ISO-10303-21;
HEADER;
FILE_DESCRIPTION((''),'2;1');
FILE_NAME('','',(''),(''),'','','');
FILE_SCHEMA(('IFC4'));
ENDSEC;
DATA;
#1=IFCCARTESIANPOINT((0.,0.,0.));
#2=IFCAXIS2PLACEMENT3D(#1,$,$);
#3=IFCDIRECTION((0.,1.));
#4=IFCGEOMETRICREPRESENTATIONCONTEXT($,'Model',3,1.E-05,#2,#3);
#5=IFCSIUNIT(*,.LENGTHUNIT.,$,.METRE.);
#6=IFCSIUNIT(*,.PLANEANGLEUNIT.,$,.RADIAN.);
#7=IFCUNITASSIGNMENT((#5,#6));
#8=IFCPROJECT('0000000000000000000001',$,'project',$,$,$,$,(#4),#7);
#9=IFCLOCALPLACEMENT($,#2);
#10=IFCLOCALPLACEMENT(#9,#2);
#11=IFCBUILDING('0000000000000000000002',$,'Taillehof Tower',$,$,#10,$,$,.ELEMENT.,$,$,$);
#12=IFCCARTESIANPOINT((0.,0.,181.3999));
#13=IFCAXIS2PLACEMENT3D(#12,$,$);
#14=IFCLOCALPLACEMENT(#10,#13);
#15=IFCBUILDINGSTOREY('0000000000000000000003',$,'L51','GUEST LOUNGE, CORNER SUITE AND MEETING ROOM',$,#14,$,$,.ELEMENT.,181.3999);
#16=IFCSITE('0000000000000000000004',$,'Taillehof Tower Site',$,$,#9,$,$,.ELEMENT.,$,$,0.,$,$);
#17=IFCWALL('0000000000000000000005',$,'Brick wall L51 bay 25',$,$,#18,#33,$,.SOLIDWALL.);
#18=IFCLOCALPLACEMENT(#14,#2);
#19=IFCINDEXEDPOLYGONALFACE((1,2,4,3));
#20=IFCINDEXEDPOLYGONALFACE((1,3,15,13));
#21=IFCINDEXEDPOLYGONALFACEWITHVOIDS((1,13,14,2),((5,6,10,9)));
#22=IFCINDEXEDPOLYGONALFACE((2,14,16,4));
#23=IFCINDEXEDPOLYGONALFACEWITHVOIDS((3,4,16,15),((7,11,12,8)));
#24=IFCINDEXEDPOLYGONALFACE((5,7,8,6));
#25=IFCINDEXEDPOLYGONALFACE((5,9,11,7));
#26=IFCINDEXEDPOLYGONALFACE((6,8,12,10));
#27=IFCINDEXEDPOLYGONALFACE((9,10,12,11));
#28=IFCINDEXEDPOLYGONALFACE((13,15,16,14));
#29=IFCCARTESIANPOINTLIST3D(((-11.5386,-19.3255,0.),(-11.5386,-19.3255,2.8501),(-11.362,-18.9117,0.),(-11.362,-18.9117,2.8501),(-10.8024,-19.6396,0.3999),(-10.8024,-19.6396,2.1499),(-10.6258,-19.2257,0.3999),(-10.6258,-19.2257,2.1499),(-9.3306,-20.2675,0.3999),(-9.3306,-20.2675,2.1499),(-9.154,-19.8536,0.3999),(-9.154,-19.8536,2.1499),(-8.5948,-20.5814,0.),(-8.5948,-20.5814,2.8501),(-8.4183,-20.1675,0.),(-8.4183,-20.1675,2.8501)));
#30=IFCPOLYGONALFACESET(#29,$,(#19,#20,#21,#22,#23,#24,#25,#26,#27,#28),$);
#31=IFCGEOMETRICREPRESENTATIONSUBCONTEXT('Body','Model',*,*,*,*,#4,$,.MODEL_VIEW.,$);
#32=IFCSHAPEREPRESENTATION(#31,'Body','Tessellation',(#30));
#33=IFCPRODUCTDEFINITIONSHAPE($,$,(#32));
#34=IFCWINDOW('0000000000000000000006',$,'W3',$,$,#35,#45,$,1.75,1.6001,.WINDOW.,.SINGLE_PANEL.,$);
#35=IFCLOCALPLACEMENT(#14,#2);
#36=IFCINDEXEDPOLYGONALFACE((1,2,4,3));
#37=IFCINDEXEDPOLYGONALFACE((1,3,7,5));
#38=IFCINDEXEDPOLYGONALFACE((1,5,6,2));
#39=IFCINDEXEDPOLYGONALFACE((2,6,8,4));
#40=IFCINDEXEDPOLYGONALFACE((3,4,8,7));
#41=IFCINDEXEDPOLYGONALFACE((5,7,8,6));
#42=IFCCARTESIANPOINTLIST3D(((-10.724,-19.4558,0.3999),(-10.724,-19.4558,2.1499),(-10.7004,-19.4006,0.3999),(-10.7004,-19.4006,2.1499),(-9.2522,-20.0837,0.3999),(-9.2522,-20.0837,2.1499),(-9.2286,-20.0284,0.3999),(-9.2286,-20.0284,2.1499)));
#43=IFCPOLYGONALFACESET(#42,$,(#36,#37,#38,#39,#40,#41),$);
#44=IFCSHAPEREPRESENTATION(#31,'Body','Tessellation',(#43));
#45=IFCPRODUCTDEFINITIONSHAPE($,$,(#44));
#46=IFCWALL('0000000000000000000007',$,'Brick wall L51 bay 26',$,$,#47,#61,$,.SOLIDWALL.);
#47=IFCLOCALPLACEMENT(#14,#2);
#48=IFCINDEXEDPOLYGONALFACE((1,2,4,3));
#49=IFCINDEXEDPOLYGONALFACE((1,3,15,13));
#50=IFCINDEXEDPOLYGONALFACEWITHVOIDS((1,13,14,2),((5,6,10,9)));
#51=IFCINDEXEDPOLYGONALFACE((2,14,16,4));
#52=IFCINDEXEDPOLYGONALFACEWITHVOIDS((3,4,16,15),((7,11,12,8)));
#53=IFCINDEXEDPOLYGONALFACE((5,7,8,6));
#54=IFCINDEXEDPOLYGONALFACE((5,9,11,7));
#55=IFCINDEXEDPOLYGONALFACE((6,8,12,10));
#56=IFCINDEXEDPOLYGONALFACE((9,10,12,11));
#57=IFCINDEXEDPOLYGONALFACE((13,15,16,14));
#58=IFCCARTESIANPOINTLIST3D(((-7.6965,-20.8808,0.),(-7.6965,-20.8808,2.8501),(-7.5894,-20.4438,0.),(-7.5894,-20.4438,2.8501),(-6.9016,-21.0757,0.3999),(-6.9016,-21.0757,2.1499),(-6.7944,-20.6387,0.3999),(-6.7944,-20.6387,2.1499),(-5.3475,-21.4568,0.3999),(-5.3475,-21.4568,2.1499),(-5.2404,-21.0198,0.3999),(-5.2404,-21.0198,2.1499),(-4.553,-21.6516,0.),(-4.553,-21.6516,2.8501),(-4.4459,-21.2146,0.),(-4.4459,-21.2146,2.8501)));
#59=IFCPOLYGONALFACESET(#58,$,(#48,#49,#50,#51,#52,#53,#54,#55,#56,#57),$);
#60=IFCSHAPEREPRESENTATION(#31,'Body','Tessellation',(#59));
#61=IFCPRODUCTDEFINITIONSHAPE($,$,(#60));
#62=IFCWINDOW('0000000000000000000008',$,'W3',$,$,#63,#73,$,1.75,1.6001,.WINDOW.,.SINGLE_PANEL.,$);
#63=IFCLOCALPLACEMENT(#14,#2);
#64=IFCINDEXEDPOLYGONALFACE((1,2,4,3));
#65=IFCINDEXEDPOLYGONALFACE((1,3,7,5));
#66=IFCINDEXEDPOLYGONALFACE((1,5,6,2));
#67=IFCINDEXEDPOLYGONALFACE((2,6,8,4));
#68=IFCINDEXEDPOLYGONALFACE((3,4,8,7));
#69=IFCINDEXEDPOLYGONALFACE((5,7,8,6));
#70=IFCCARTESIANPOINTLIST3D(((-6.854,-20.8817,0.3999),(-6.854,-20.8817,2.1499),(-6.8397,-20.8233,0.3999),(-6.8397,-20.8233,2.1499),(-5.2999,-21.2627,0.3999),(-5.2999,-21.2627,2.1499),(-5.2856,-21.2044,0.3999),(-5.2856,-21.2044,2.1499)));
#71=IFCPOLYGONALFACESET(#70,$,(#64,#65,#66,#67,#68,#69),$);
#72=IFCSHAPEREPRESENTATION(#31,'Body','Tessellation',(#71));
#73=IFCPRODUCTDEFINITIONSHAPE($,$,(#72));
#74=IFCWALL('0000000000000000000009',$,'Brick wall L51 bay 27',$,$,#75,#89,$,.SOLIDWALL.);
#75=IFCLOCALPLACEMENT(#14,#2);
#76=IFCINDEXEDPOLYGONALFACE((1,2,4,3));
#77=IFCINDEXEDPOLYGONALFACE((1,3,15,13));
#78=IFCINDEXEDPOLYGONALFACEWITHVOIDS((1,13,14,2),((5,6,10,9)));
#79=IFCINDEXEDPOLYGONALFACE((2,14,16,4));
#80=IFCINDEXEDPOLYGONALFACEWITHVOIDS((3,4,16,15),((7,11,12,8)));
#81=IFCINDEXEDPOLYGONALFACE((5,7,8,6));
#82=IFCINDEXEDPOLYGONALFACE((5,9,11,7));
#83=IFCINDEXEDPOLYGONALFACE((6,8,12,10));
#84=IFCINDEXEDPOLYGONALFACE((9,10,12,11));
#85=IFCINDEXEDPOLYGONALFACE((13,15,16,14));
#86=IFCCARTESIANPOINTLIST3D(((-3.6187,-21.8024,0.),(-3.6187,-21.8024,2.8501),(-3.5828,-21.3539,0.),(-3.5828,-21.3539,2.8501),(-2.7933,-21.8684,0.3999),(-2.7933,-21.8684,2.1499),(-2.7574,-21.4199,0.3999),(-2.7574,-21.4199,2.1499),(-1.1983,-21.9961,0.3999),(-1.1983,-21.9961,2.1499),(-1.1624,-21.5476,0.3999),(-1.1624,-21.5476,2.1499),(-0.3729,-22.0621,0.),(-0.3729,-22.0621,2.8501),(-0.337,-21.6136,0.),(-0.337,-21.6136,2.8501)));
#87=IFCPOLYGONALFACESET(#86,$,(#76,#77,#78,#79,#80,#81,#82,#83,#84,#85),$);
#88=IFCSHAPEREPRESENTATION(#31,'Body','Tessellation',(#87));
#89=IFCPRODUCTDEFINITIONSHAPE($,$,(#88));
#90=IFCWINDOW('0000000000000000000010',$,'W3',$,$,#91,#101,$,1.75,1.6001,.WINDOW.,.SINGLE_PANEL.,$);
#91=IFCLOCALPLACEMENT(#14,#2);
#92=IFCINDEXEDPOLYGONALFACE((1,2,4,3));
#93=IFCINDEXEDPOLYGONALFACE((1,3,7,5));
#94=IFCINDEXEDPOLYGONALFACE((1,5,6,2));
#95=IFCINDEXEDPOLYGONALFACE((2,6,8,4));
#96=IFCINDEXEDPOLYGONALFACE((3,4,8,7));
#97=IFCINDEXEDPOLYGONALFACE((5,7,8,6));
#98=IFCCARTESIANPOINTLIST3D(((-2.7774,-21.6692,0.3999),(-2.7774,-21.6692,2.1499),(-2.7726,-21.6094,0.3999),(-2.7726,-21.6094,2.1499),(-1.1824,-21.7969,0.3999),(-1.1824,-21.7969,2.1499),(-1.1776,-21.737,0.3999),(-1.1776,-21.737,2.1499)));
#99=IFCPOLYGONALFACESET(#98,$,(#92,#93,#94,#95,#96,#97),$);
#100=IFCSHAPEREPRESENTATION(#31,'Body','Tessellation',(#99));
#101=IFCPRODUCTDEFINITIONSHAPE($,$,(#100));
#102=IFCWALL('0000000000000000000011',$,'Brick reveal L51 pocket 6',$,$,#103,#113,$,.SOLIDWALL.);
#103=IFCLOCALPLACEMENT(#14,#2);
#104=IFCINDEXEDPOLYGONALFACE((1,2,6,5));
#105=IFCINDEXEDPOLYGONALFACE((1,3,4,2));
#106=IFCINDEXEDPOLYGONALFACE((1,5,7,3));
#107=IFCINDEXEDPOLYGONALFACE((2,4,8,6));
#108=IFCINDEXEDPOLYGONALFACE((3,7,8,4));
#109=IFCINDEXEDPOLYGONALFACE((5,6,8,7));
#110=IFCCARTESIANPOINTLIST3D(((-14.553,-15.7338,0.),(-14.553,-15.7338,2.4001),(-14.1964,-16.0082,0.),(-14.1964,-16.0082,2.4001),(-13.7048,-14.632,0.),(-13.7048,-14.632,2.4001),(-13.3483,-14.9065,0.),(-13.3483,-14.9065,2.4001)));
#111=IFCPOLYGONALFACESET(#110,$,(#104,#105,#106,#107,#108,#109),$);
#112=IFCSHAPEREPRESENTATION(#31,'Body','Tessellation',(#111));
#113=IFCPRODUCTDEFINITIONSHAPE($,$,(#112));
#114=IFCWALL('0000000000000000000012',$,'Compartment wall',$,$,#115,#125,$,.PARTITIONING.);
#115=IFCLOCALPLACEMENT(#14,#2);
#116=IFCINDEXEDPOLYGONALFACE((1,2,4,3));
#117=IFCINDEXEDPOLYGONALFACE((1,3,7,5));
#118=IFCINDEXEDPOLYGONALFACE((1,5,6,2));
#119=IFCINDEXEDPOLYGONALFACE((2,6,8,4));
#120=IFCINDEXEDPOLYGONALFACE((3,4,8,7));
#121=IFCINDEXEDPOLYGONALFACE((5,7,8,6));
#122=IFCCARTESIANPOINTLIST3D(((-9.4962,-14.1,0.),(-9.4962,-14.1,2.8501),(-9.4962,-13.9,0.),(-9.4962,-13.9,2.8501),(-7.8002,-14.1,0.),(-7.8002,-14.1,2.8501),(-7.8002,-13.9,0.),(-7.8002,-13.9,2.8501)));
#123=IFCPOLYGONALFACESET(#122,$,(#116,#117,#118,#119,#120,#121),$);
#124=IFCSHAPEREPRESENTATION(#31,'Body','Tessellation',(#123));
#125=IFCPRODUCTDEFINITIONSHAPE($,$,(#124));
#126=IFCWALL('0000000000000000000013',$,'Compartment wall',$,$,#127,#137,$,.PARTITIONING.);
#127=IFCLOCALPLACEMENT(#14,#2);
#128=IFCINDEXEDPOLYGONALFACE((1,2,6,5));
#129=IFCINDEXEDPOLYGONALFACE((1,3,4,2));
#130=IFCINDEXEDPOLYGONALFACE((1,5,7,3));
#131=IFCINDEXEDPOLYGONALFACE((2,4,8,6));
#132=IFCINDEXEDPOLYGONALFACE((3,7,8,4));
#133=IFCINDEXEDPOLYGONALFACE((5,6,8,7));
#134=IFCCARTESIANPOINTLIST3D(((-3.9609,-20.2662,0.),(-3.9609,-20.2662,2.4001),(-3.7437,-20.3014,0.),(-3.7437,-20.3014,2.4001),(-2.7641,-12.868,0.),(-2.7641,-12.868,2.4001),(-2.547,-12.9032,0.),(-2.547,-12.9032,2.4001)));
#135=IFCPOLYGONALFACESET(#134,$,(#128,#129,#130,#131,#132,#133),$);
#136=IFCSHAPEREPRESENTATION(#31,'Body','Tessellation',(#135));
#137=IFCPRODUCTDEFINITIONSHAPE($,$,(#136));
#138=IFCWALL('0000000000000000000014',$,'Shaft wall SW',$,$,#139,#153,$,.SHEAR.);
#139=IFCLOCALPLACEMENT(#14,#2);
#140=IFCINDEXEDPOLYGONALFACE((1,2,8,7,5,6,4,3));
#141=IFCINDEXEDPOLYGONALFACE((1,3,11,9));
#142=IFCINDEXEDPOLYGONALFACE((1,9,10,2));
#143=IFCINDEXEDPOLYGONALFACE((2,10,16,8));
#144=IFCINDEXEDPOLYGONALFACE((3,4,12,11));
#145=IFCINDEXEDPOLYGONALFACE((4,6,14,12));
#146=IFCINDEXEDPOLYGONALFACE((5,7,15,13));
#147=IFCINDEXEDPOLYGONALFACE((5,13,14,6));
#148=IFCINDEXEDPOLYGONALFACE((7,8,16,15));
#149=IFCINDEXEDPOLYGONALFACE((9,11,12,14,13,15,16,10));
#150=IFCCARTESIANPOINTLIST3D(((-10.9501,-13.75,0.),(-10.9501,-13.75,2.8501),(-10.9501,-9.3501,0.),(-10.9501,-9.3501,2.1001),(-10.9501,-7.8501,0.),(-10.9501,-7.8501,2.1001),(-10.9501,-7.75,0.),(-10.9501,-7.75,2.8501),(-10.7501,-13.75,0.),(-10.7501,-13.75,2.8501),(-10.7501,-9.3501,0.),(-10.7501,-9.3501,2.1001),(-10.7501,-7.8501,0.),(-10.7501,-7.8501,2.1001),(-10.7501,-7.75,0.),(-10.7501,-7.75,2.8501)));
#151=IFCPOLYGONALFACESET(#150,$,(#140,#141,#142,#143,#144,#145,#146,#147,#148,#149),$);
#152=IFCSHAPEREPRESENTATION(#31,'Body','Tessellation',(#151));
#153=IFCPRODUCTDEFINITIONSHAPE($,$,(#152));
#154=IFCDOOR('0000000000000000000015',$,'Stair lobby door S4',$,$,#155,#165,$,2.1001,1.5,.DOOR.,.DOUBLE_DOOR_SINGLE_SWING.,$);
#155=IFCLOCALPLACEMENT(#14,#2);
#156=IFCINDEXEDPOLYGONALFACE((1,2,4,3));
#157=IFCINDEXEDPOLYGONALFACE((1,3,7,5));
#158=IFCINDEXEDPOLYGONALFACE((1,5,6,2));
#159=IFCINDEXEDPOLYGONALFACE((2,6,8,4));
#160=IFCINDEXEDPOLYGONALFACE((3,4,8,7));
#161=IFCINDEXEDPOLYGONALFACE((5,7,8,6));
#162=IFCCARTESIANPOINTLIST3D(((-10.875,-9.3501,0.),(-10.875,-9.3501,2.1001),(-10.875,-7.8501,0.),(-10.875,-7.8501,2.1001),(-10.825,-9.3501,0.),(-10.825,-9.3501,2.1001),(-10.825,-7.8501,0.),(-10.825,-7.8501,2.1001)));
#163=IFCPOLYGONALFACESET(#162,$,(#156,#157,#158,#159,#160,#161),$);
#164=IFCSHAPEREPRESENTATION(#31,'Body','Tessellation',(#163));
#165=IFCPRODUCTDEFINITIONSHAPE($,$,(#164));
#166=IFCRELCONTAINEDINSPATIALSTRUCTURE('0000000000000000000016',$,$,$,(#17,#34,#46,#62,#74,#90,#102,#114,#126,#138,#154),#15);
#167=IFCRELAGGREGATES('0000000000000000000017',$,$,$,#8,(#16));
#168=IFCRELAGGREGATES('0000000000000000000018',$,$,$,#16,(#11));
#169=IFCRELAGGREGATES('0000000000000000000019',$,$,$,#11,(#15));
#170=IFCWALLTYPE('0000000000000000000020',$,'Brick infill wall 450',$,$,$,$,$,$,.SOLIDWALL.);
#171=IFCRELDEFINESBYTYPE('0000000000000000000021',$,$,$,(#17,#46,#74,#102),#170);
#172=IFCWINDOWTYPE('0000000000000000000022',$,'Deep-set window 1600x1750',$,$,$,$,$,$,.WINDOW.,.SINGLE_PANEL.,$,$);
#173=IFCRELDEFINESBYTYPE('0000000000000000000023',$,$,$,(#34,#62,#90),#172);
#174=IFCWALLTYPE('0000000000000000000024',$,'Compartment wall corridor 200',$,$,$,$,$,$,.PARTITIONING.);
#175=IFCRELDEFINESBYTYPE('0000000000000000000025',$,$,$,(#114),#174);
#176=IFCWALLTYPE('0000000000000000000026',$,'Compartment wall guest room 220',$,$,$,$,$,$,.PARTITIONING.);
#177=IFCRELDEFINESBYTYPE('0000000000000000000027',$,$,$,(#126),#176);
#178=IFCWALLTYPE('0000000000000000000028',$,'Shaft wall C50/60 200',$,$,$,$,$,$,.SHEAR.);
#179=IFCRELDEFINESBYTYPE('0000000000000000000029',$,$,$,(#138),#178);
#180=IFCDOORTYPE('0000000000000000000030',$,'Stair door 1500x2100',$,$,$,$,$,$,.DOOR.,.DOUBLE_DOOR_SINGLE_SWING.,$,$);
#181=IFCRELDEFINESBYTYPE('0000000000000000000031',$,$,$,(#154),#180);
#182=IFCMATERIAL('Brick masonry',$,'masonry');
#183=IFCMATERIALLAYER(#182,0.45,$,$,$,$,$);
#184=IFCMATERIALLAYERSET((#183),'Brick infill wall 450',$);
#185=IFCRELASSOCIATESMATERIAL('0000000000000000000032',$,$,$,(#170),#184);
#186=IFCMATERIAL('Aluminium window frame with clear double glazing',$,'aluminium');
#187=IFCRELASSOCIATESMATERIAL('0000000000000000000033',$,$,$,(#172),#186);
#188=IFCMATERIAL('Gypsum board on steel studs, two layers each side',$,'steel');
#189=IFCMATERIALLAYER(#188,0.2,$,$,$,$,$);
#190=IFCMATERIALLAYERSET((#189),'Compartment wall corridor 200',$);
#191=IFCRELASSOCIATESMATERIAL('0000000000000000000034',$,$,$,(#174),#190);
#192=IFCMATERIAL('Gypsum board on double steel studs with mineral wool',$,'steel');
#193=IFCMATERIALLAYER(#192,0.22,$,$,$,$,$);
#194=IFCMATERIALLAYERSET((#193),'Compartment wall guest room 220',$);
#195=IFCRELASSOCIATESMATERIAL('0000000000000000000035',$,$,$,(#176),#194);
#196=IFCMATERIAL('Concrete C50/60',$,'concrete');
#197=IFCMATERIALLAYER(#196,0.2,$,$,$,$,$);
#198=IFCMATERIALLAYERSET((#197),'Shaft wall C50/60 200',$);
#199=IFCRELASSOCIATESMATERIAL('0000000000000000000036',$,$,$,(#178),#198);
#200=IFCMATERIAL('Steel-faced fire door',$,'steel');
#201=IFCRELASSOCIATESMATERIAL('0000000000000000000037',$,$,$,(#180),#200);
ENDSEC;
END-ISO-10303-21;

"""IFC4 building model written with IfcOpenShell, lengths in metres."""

from ifc_helpers import new_model, si_unit, direction, frame, frame_2d, origin, place, context, subcontext, project, spatial, rectangle, extrude, material, layer, layer_set, type_object, element, fill, save


model = new_model("IFC4")

# Units and contexts
model_context = context("Model", 3, precision=1e-05, world=origin(), true_north=direction((0.0, 1.0)))
body_context = subcontext(model_context, "Body", "Model", "MODEL_VIEW")
ifc_project = project(units=[si_unit("LENGTHUNIT", "METRE"), si_unit("PLANEANGLEUNIT", "RADIAN")], contexts=[model_context])

# Site, building, storey
site_placement = place(None, origin())
site = spatial("IfcSite", under=ifc_project, at=site_placement, Name="Taillehof Tower Site", CompositionType="ELEMENT", RefElevation=0.0)
building_placement = place(site_placement, origin())
building = spatial("IfcBuilding", under=site, at=building_placement, Name="Taillehof Tower", CompositionType="ELEMENT")
storey_placement = place(building_placement, frame((0.0, 0.0, 181.3999)))
storey = spatial("IfcBuildingStorey", under=building, at=storey_placement, Name="L51", Description="GUEST LOUNGE, CORNER SUITE AND MEETING ROOM", CompositionType="ELEMENT", Elevation=181.3999)

# Walls, openings, windows
ifc_material_1 = material(Name="Brick masonry", Category="masonry")
ifc_layer_1 = layer(ifc_material_1, 0.45)
ifc_layer_set_1 = layer_set([ifc_layer_1], Name="Brick infill wall 450")
wall_type_1 = type_object("IfcWallType", Name="Brick infill wall 450", PredefinedType="SOLIDWALL", material=ifc_layer_set_1)
wall_1_placement = place(storey_placement, frame((-11.4502, -19.1187, 0.0), z_axis=(0.0, 0.0, 1.0), x_axis=(0.919799, -0.39239, 0.0)))
wall_1 = element("IfcWall", 1, at=wall_1_placement, inside=storey, type_object=wall_type_1, Name="Brick wall L51 bay 25", PredefinedType="SOLIDWALL", context=body_context, shape_type="SweptSolid", body=[
    extrude(rectangle(XDim=3.2004, YDim=0.45, at=frame_2d((1.6001, 0.0))), origin(), (0.0, 0.0, 1.0), 2.8501),
])
opening_1_placement = place(wall_1_placement, frame((0.8003, 0.0, 0.3999)))
opening_1 = element("IfcOpeningElement", 2, at=opening_1_placement, cuts=wall_1, PredefinedType="OPENING", context=body_context, shape_type="SweptSolid", body=[
    extrude(rectangle(XDim=1.6001, YDim=1.75, at=frame_2d((0.8, 0.875))), frame((0.0, 0.2349, 0.0), z_axis=(0.0, -1.0, 0.0), x_axis=(1.0, 0.0, 0.0)), (0.0, 0.0, 1.0), 0.47),
])
ifc_material_2 = material(Name="Aluminium window frame with clear double glazing", Category="aluminium")
window_type = type_object("IfcWindowType", Name="Deep-set window 1600x1750", PartitioningType="SINGLE_PANEL", PredefinedType="WINDOW", material=ifc_material_2)
window_1_placement = place(opening_1_placement, origin())
window_1 = element("IfcWindow", 3, at=window_1_placement, inside=storey, type_object=window_type, Name="W3", OverallHeight=1.75, OverallWidth=1.6001, PartitioningType="SINGLE_PANEL", PredefinedType="WINDOW", context=body_context, shape_type="SweptSolid", body=[
    extrude(rectangle(XDim=1.6001, YDim=1.75, at=frame_2d((0.8, 0.875))), frame((0.0, 0.0349, 0.0), z_axis=(0.0, -1.0, 0.0), x_axis=(1.0, 0.0, 0.0)), (0.0, 0.0, 1.0), 0.0601),
])
fill(opening_1, window_1)
wall_2_placement = place(storey_placement, frame((-7.6428, -20.6624, 0.0), z_axis=(0.0, 0.0, 1.0), x_axis=(0.971233, -0.238132, 0.0)))
wall_2 = element("IfcWall", 4, at=wall_2_placement, inside=storey, type_object=wall_type_1, Name="Brick wall L51 bay 26", PredefinedType="SOLIDWALL", context=body_context, shape_type="SweptSolid", body=[
    extrude(rectangle(XDim=3.2366, YDim=0.45, at=frame_2d((1.6182, 0.0))), origin(), (0.0, 0.0, 1.0), 2.8501),
])
opening_2_placement = place(wall_2_placement, frame((0.8184, 0.0, 0.3999)))
opening_2 = element("IfcOpeningElement", 5, at=opening_2_placement, cuts=wall_2, PredefinedType="OPENING", context=body_context, shape_type="SweptSolid", body=[
    extrude(rectangle(XDim=1.6001, YDim=1.75, at=frame_2d((0.8, 0.875))), frame((0.0, 0.2349, 0.0), z_axis=(0.0, -1.0, 0.0), x_axis=(1.0, 0.0, 0.0)), (0.0, 0.0, 1.0), 0.47),
])
window_2_placement = place(opening_2_placement, origin())
window_2 = element("IfcWindow", 6, at=window_2_placement, inside=storey, type_object=window_type, Name="W3", OverallHeight=1.75, OverallWidth=1.6001, PartitioningType="SINGLE_PANEL", PredefinedType="WINDOW", context=body_context, shape_type="SweptSolid", body=[
    extrude(rectangle(XDim=1.6001, YDim=1.75, at=frame_2d((0.8, 0.875))), frame((0.0, 0.0349, 0.0), z_axis=(0.0, -1.0, 0.0), x_axis=(1.0, 0.0, 0.0)), (0.0, 0.0, 1.0), 0.0601),
])
fill(opening_2, window_2)
wall_3_placement = place(storey_placement, frame((-3.6006, -21.5781, 0.0), z_axis=(0.0, 0.0, 1.0), x_axis=(0.996812, -0.079781, 0.0)))
wall_3 = element("IfcWall", 7, at=wall_3_placement, inside=storey, type_object=wall_type_1, Name="Brick wall L51 bay 27", PredefinedType="SOLIDWALL", context=body_context, shape_type="SweptSolid", body=[
    extrude(rectangle(XDim=3.2561, YDim=0.45, at=frame_2d((1.6279, 0.0))), origin(), (0.0, 0.0, 1.0), 2.8501),
])
opening_3_placement = place(wall_3_placement, frame((0.8279, 0.0, 0.3999)))
opening_3 = element("IfcOpeningElement", 8, at=opening_3_placement, cuts=wall_3, PredefinedType="OPENING", context=body_context, shape_type="SweptSolid", body=[
    extrude(rectangle(XDim=1.6001, YDim=1.75, at=frame_2d((0.8, 0.875))), frame((0.0, 0.2349, 0.0), z_axis=(0.0, -1.0, 0.0), x_axis=(1.0, 0.0, 0.0)), (0.0, 0.0, 1.0), 0.47),
])
window_3_placement = place(opening_3_placement, origin())
window_3 = element("IfcWindow", 9, at=window_3_placement, inside=storey, type_object=window_type, Name="W3", OverallHeight=1.75, OverallWidth=1.6001, PartitioningType="SINGLE_PANEL", PredefinedType="WINDOW", context=body_context, shape_type="SweptSolid", body=[
    extrude(rectangle(XDim=1.6001, YDim=1.75, at=frame_2d((0.8, 0.875))), frame((0.0, 0.0349, 0.0), z_axis=(0.0, -1.0, 0.0), x_axis=(1.0, 0.0, 0.0)), (0.0, 0.0, 1.0), 0.0601),
])
fill(opening_3, window_3)

# Walls
wall_4_placement = place(storey_placement, frame((-14.3748, -15.8711, 0.0), z_axis=(0.0, 0.0, 1.0), x_axis=(0.609982, 0.792415, 0.0)))
element("IfcWall", 10, at=wall_4_placement, inside=storey, type_object=wall_type_1, Name="Brick reveal L51 pocket 6", PredefinedType="SOLIDWALL", context=body_context, shape_type="SweptSolid", body=[
    extrude(rectangle(XDim=1.3904, YDim=0.45, at=frame_2d((0.6953, 0.0))), origin(), (0.0, 0.0, 1.0), 2.4001),
])
ifc_material_3 = material(Name="Gypsum board on steel studs, two layers each side", Category="steel")
ifc_layer_2 = layer(ifc_material_3, 0.2)
ifc_layer_set_2 = layer_set([ifc_layer_2], Name="Compartment wall corridor 200")
wall_type_2 = type_object("IfcWallType", Name="Compartment wall corridor 200", PredefinedType="PARTITIONING", material=ifc_layer_set_2)
wall_5_placement = place(storey_placement, frame((-7.8, -14.0, 0.0), z_axis=(0.0, 0.0, 1.0), x_axis=(-1.0, 0.0, 0.0)))
element("IfcWall", 11, at=wall_5_placement, inside=storey, type_object=wall_type_2, Name="Compartment wall", PredefinedType="PARTITIONING", context=body_context, shape_type="SweptSolid", body=[
    extrude(rectangle(XDim=1.696, YDim=0.2, at=frame_2d((0.8481, 0.0))), origin(), (0.0, 0.0, 1.0), 2.8501),
])
ifc_material_4 = material(Name="Gypsum board on double steel studs with mineral wool", Category="steel")
ifc_layer_3 = layer(ifc_material_4, 0.22)
ifc_layer_set_3 = layer_set([ifc_layer_3], Name="Compartment wall guest room 220")
wall_type_3 = type_object("IfcWallType", Name="Compartment wall guest room 220", PredefinedType="PARTITIONING", material=ifc_layer_set_3)
wall_6_placement = place(storey_placement, frame((-3.8523, -20.2837, 0.0), z_axis=(0.0, 0.0, 1.0), x_axis=(0.15969, 0.987167, 0.0)))
element("IfcWall", 12, at=wall_6_placement, inside=storey, type_object=wall_type_3, Name="Compartment wall", PredefinedType="PARTITIONING", context=body_context, shape_type="SweptSolid", body=[
    extrude(rectangle(XDim=7.4944, YDim=0.22, at=frame_2d((3.7471, 0.0))), origin(), (0.0, 0.0, 1.0), 2.4001),
])

# Wall, opening, door
ifc_material_5 = material(Name="Concrete C50/60", Category="concrete")
ifc_layer_4 = layer(ifc_material_5, 0.2)
ifc_layer_set_4 = layer_set([ifc_layer_4], Name="Shaft wall C50/60 200")
wall_type_4 = type_object("IfcWallType", Name="Shaft wall C50/60 200", PredefinedType="SHEAR", material=ifc_layer_set_4)
wall_7_placement = place(storey_placement, frame((-10.8501, -13.75, 0.0), z_axis=(0.0, 0.0, 1.0), x_axis=(0.0, 1.0, 0.0)))
wall_7 = element("IfcWall", 13, at=wall_7_placement, inside=storey, type_object=wall_type_4, Name="Shaft wall SW", PredefinedType="SHEAR", context=body_context, shape_type="SweptSolid", body=[
    extrude(rectangle(XDim=6.0, YDim=0.2, at=frame_2d((3.0, 0.0))), origin(), (0.0, 0.0, 1.0), 2.8501),
])
opening_4_placement = place(wall_7_placement, frame((4.3999, 0.0, 0.0)))
opening_4 = element("IfcOpeningElement", 14, at=opening_4_placement, cuts=wall_7, PredefinedType="OPENING", context=body_context, shape_type="SweptSolid", body=[
    extrude(rectangle(XDim=1.5, YDim=2.1001, at=frame_2d((0.75, 1.05))), frame((0.0, 0.1099, 0.0), z_axis=(0.0, -1.0, 0.0), x_axis=(1.0, 0.0, 0.0)), (0.0, 0.0, 1.0), 0.22),
])
ifc_material_6 = material(Name="Steel-faced fire door", Category="steel")
door_type = type_object("IfcDoorType", Name="Stair door 1500x2100", OperationType="DOUBLE_DOOR_SINGLE_SWING", PredefinedType="DOOR", material=ifc_material_6)
door_placement = place(opening_4_placement, origin())
door = element("IfcDoor", 15, at=door_placement, inside=storey, type_object=door_type, Name="Stair lobby door S4", OperationType="DOUBLE_DOOR_SINGLE_SWING", OverallHeight=2.1001, OverallWidth=1.5, PredefinedType="DOOR", context=body_context, shape_type="SweptSolid", body=[
    extrude(rectangle(XDim=1.5, YDim=2.1001, at=frame_2d((0.75, 1.05))), frame((0.0, 0.0249, 0.0), z_axis=(0.0, -1.0, 0.0), x_axis=(1.0, 0.0, 0.0)), (0.0, 0.0, 1.0), 0.05),
])
fill(opening_4, door)

save(model, "model.ifc")
